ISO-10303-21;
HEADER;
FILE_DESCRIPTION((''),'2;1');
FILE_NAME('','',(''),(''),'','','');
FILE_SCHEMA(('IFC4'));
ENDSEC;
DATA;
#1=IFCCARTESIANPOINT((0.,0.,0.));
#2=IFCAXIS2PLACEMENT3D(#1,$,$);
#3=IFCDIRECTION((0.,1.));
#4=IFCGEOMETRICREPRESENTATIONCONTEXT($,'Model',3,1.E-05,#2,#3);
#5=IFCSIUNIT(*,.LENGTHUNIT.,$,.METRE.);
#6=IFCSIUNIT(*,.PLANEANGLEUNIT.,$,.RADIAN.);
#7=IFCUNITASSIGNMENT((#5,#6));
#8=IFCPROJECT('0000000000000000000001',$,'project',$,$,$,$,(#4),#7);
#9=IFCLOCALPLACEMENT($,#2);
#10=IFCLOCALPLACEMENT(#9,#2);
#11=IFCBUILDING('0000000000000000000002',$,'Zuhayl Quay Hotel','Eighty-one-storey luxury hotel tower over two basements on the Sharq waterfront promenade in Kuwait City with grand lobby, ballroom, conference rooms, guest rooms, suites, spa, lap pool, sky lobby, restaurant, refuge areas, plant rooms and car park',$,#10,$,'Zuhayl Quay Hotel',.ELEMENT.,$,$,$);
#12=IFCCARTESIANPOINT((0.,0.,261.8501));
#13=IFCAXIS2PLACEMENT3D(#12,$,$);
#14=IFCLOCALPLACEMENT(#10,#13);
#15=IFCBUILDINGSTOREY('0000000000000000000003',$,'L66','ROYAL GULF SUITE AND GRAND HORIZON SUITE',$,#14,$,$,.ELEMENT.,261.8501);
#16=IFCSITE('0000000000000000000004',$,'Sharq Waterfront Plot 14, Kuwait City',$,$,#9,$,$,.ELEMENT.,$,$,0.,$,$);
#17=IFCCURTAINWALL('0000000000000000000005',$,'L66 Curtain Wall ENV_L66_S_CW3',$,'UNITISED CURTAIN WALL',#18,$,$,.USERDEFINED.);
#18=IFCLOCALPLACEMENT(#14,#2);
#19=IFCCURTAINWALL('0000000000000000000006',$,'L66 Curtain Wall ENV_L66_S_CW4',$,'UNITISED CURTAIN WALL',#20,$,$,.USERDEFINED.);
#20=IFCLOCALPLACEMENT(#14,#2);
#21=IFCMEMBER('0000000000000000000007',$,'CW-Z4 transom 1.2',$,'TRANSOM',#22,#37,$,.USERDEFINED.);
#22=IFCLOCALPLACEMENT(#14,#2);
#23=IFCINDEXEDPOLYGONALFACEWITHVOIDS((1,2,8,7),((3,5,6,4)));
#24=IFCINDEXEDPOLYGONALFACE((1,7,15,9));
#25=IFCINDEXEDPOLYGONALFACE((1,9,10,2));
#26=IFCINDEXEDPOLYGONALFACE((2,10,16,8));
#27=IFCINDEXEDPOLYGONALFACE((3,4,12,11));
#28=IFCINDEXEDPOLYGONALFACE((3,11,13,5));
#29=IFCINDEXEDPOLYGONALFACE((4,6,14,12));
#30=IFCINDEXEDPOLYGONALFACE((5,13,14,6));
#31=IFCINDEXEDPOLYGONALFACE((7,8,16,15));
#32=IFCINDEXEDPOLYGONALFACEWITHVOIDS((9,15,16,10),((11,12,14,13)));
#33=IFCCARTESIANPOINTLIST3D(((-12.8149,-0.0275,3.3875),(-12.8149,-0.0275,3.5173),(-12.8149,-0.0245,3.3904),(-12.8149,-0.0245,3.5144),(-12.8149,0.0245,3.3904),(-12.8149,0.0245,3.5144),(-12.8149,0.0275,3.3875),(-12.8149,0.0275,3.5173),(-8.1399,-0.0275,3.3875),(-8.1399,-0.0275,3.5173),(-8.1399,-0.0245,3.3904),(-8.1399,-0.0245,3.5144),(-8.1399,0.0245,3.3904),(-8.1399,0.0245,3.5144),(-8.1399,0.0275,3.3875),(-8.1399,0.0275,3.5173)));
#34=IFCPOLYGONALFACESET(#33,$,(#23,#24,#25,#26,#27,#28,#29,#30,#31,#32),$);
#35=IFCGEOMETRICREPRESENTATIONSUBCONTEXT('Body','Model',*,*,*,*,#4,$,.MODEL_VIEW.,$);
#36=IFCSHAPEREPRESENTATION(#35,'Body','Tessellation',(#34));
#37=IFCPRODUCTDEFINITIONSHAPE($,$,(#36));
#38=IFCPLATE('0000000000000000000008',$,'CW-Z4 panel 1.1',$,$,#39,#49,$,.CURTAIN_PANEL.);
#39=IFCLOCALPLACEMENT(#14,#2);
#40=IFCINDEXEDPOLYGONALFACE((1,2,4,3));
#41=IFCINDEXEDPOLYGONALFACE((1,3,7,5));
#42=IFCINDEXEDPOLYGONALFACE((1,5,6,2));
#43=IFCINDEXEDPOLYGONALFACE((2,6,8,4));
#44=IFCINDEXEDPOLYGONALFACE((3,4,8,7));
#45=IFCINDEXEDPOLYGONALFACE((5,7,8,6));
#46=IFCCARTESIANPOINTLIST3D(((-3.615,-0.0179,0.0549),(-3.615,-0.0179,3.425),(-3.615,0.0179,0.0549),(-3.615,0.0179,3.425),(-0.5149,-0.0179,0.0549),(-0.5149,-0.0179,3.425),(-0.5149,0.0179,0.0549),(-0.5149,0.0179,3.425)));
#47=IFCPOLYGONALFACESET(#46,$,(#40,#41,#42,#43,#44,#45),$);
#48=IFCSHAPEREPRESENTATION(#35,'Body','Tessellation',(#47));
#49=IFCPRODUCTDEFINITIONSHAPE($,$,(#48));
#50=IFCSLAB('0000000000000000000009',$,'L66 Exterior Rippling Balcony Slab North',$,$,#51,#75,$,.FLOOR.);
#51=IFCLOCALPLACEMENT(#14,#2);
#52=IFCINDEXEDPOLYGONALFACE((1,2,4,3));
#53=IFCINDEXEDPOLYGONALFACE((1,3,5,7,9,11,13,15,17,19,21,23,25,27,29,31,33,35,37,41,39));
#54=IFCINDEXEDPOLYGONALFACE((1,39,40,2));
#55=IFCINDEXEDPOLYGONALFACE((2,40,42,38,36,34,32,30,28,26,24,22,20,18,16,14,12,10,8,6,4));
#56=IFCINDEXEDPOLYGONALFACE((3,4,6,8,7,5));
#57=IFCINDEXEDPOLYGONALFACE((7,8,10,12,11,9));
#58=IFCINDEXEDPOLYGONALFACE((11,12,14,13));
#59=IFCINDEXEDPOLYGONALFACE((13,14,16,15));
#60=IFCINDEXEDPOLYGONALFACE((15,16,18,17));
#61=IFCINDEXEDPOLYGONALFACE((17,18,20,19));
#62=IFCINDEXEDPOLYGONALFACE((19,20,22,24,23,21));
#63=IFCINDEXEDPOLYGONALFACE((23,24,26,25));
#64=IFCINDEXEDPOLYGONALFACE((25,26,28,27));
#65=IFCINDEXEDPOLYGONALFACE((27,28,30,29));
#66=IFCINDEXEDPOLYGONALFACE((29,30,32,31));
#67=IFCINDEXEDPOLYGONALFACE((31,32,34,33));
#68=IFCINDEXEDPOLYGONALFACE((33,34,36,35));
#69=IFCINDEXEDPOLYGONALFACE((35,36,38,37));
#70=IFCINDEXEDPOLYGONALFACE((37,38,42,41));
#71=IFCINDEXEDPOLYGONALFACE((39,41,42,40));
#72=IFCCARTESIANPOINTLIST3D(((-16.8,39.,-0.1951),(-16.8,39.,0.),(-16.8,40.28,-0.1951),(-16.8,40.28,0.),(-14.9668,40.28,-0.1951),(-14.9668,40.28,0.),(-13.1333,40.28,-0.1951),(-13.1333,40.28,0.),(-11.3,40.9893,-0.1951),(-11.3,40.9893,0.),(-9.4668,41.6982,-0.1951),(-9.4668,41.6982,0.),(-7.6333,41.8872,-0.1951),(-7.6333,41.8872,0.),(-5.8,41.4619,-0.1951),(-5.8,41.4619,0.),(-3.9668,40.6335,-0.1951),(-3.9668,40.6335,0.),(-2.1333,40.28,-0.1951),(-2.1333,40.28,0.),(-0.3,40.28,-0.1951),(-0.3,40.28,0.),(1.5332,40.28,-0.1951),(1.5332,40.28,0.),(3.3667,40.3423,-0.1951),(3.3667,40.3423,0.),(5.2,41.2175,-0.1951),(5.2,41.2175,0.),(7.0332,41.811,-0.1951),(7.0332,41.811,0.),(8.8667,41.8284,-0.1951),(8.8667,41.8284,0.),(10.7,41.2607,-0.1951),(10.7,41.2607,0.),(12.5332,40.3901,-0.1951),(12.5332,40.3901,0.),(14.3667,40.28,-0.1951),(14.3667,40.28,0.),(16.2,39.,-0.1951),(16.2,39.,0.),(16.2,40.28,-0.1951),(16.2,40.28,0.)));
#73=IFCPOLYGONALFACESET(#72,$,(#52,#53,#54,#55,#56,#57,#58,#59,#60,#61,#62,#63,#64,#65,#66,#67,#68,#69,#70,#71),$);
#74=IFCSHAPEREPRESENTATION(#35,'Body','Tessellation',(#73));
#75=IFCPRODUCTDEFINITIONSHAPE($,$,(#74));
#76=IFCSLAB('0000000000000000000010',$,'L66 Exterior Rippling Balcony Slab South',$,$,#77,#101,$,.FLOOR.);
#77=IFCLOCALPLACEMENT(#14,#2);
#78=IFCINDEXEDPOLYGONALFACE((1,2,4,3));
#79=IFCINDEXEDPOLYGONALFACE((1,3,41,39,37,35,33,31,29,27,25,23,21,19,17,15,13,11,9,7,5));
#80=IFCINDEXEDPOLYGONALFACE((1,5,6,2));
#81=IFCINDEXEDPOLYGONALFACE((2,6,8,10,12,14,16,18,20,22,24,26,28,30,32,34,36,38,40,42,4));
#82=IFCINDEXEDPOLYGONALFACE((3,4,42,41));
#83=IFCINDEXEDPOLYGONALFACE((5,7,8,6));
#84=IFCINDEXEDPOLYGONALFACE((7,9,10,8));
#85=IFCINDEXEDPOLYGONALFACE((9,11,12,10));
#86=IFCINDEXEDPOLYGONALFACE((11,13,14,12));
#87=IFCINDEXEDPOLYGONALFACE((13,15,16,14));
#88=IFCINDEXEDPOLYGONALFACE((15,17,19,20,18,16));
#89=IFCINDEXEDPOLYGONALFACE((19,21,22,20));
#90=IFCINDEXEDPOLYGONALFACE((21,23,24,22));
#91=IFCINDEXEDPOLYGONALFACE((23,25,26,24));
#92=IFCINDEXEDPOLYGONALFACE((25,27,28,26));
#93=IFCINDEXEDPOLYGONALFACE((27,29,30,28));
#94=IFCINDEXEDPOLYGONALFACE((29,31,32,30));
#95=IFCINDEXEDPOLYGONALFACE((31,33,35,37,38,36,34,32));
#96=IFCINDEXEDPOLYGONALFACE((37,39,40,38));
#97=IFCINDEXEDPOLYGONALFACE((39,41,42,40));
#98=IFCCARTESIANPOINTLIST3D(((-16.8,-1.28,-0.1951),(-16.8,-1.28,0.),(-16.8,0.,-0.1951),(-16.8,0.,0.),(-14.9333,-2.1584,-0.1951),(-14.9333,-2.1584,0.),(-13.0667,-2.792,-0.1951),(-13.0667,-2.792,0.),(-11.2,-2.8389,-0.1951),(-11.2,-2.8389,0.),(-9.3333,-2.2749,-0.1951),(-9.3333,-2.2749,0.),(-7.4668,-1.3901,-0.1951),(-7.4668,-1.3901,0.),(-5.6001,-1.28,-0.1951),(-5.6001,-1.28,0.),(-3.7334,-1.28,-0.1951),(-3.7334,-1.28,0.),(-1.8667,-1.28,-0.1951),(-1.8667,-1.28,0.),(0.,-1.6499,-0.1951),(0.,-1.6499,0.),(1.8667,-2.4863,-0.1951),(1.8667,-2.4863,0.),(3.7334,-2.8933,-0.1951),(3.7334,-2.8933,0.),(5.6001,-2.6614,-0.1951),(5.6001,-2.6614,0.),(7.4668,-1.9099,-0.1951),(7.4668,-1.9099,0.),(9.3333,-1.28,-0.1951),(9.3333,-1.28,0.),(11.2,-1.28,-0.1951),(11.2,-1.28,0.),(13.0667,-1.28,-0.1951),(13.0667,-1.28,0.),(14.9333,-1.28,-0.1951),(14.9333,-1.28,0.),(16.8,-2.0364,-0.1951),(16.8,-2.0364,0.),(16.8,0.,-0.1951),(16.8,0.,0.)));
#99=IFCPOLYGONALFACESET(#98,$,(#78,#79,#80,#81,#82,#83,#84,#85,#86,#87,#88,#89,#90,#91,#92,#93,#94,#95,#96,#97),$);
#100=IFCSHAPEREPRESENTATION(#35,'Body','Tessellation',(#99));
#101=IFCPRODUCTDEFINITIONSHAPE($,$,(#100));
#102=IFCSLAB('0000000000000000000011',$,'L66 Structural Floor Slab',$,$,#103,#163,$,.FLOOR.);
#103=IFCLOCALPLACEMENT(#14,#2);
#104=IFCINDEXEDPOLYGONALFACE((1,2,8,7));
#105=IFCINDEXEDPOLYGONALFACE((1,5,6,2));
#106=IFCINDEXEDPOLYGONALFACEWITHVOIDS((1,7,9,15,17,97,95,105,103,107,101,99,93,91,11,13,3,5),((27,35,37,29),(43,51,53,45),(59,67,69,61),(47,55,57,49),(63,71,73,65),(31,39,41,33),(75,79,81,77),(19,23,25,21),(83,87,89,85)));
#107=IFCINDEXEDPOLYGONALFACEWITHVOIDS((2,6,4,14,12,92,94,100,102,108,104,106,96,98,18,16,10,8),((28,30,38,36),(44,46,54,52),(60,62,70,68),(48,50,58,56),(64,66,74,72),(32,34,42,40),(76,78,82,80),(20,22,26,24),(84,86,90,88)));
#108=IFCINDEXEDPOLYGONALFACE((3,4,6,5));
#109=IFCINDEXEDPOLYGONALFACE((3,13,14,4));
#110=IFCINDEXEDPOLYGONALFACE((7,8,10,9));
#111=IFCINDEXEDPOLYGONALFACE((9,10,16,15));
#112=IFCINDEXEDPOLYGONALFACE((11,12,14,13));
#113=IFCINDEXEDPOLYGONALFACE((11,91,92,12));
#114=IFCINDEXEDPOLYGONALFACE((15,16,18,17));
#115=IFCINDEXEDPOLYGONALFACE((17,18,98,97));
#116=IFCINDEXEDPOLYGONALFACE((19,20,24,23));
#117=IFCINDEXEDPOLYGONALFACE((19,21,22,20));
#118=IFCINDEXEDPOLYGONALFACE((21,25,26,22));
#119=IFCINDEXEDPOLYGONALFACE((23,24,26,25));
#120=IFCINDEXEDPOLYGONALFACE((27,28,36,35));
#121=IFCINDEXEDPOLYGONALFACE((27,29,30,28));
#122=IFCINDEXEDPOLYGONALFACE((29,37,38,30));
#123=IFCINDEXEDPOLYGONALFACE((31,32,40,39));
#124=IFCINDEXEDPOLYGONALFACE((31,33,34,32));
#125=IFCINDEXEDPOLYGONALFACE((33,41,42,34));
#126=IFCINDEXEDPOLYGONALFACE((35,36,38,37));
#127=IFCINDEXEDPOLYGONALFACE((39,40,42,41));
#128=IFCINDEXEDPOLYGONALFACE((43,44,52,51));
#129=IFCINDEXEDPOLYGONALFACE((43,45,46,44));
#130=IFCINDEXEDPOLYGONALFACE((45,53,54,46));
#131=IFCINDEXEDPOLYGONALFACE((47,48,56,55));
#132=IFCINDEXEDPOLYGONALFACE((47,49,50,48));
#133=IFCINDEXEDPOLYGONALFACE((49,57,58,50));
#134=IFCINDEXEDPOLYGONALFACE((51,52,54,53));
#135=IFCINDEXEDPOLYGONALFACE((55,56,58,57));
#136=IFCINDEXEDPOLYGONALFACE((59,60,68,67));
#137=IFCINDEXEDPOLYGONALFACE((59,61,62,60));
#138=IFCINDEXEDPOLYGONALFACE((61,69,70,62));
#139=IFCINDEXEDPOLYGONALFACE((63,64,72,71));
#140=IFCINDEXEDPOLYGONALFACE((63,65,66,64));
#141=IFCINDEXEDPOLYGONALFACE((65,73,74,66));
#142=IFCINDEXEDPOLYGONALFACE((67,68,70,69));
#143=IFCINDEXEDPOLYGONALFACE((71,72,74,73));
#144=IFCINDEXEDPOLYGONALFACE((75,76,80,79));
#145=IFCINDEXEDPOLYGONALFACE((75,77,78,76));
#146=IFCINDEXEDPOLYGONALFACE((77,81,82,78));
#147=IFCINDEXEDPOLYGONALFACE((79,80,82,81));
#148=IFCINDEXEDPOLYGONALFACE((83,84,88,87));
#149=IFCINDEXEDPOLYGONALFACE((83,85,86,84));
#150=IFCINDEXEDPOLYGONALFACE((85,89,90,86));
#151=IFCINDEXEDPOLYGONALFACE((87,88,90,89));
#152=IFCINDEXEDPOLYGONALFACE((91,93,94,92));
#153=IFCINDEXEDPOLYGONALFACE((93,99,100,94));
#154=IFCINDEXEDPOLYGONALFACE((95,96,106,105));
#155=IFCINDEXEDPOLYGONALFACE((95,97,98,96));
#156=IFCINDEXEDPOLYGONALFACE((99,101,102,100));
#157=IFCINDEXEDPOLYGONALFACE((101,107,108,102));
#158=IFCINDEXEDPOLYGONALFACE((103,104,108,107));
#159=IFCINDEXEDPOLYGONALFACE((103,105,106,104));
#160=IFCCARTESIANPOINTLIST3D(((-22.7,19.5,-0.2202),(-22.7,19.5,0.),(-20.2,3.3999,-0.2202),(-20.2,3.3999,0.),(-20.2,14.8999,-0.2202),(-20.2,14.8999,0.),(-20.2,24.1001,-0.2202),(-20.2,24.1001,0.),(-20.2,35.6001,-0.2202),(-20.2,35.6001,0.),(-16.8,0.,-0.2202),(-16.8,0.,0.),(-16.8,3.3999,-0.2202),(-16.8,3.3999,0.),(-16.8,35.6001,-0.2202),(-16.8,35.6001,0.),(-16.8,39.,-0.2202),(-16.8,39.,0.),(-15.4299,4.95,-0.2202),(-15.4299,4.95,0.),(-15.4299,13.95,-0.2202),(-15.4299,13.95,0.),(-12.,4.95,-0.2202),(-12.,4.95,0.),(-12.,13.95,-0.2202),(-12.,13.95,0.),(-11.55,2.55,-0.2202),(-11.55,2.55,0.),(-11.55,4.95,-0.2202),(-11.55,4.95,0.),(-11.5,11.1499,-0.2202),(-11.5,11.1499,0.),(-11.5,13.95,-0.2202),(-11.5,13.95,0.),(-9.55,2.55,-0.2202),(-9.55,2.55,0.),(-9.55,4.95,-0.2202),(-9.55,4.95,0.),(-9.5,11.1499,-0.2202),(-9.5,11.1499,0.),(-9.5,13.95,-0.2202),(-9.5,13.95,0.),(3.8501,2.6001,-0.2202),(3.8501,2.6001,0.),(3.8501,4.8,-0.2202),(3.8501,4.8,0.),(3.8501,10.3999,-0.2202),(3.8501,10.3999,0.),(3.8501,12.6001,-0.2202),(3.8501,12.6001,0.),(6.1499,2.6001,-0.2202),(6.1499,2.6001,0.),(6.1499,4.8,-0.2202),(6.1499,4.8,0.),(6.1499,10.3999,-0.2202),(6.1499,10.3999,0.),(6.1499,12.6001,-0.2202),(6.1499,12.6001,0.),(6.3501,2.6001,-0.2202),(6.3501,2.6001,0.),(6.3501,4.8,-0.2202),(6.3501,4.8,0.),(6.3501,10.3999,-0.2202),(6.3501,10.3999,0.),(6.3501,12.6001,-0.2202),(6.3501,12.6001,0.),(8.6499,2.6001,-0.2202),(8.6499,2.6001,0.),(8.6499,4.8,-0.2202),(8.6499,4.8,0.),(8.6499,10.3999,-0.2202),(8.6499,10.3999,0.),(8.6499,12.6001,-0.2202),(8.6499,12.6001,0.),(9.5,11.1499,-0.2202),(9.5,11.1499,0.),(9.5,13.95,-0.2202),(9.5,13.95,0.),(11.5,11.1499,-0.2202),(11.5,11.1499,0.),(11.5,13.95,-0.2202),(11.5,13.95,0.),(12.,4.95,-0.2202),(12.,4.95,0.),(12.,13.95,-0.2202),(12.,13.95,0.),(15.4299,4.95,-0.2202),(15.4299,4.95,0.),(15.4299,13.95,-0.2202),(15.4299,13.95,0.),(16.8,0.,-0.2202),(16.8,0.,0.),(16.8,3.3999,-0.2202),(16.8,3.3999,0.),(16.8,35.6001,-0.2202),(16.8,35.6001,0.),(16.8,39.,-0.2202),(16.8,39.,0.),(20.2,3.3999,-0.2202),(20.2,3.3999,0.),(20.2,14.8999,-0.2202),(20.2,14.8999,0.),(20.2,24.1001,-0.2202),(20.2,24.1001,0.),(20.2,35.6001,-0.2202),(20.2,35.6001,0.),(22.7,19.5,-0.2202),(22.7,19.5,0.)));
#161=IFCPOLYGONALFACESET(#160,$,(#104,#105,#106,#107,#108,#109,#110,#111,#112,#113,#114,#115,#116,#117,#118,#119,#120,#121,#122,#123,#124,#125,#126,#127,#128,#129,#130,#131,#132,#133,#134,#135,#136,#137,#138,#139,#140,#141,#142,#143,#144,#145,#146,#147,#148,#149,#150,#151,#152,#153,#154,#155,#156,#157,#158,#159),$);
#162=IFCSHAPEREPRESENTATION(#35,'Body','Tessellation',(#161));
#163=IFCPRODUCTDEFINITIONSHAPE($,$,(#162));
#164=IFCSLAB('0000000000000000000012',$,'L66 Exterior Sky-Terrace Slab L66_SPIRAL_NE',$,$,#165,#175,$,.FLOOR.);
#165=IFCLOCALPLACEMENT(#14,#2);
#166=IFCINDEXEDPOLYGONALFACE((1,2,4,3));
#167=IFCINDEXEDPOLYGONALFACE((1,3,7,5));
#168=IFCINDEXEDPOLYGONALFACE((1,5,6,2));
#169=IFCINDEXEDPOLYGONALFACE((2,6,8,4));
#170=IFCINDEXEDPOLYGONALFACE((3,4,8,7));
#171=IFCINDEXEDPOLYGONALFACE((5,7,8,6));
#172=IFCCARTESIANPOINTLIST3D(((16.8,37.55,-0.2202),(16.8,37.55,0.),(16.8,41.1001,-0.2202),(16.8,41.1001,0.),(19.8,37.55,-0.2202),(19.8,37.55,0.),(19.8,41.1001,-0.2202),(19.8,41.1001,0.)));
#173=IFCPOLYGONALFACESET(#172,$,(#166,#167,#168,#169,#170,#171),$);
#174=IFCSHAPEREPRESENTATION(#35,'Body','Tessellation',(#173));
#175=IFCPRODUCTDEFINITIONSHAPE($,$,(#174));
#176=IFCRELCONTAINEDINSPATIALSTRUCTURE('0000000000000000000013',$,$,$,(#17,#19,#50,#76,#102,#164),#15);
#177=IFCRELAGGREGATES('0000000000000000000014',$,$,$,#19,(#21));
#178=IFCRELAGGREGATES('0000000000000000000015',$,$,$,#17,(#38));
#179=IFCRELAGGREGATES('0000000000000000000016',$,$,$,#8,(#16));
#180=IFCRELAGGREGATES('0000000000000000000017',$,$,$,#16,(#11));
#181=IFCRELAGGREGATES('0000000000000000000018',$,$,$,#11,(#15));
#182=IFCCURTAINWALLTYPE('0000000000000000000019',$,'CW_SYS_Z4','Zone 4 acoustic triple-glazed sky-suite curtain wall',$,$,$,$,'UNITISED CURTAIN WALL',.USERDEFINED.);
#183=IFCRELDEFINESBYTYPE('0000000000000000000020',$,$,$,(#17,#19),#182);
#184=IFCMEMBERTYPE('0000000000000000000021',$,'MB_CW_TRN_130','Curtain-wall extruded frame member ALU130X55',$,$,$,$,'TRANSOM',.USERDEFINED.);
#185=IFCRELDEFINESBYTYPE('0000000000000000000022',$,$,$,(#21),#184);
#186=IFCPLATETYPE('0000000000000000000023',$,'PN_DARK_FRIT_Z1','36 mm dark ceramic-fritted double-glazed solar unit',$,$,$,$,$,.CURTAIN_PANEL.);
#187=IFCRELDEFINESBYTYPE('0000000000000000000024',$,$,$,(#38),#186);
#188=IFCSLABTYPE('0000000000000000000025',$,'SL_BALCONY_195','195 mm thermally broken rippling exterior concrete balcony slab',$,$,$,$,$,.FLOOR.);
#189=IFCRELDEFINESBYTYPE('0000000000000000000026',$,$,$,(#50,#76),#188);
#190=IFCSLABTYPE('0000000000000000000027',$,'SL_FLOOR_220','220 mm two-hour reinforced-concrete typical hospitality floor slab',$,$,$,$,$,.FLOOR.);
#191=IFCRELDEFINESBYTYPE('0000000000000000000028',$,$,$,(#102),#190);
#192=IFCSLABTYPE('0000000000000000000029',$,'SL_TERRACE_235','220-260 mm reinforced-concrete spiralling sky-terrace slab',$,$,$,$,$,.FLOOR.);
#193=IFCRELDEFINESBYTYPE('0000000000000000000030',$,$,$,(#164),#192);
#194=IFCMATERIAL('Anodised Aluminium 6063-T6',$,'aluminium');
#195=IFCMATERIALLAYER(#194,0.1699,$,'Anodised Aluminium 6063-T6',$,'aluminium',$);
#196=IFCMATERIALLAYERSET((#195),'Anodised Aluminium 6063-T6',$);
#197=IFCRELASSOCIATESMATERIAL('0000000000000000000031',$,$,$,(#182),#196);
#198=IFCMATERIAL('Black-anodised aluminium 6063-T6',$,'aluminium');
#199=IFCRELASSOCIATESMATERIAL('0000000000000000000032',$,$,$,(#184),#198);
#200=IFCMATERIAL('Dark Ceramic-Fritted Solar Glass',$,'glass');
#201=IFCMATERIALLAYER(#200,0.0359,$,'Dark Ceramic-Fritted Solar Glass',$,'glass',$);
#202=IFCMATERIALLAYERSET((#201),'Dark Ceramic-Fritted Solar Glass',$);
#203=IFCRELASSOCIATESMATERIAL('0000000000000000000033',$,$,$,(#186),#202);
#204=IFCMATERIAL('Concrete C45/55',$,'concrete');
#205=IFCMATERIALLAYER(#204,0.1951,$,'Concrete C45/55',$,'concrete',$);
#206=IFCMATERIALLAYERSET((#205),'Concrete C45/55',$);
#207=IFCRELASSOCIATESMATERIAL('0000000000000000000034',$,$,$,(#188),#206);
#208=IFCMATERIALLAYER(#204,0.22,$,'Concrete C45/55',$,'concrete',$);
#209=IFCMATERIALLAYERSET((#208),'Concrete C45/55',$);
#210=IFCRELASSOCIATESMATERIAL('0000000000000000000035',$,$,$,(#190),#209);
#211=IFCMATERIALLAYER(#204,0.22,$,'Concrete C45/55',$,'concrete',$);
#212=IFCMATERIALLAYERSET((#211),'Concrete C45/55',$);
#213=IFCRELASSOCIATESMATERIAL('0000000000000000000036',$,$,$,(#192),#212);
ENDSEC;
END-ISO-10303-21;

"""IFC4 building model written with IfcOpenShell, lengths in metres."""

from ifc_helpers import new_model, si_unit, direction, frame, origin, origin_2d, place, context, subcontext, project, spatial, polyline, rectangle, hollow_rectangle, outline, extrude, material, layer, layer_set, material_profile, profile_set, type_object, element, aggregate, save


model = new_model("IFC4")

# Units and contexts
model_context = context("Model", 3, precision=1e-05, world=origin(), true_north=direction((0.0, 1.0)))
body_context = subcontext(model_context, "Body", "Model", "MODEL_VIEW")
ifc_project = project(units=[si_unit("LENGTHUNIT", "METRE"), si_unit("PLANEANGLEUNIT", "RADIAN")], contexts=[model_context])

# Site, building, storey
site_placement = place(None, origin())
site = spatial("IfcSite", under=ifc_project, at=site_placement, Name="Sharq Waterfront Plot 14, Kuwait City", CompositionType="ELEMENT", RefElevation=0.0)
building_placement = place(site_placement, origin())
building = spatial("IfcBuilding", under=site, at=building_placement, Name="Zuhayl Quay Hotel", Description="Eighty-one-storey luxury hotel tower over two basements on the Sharq waterfront promenade in Kuwait City with grand lobby, ballroom, conference rooms, guest rooms, suites, spa, lap pool, sky lobby, restaurant, refuge areas, plant rooms and car park", LongName="Zuhayl Quay Hotel", CompositionType="ELEMENT")
storey_placement = place(building_placement, frame((0.0, 0.0, 261.8501)))
storey = spatial("IfcBuildingStorey", under=building, at=storey_placement, Name="L66", Description="ROYAL GULF SUITE AND GRAND HORIZON SUITE", CompositionType="ELEMENT", Elevation=261.8501)

# Curtain wall
ifc_material_1 = material(Name="Anodised Aluminium 6063-T6", Category="aluminium")
ifc_layer_1 = layer(ifc_material_1, 0.1699, Name="Anodised Aluminium 6063-T6", Category="aluminium")
ifc_layer_set_1 = layer_set([ifc_layer_1], Name="Anodised Aluminium 6063-T6")
curtain_wall_type = type_object("IfcCurtainWallType", Name="CW_SYS_Z4", Description="Zone 4 acoustic triple-glazed sky-suite curtain wall", ElementType="UNITISED CURTAIN WALL", PredefinedType="USERDEFINED", material=ifc_layer_set_1)
curtain_wall_1_placement = place(storey_placement, origin())
curtain_wall_1 = element("IfcCurtainWall", 1, at=curtain_wall_1_placement, inside=storey, type_object=curtain_wall_type, Name="L66 Curtain Wall ENV_L66_S_CW3", ObjectType="UNITISED CURTAIN WALL", PredefinedType="USERDEFINED")
ifc_material_2 = material(Name="Black-anodised aluminium 6063-T6", Category="aluminium")

# Curtain wall
curtain_wall_2_placement = place(storey_placement, origin())
curtain_wall_2 = element("IfcCurtainWall", 2, at=curtain_wall_2_placement, inside=storey, type_object=curtain_wall_type, Name="L66 Curtain Wall ENV_L66_S_CW4", ObjectType="UNITISED CURTAIN WALL", PredefinedType="USERDEFINED")

# Member
ifc_material_profile_1 = material_profile(ifc_material_2, hollow_rectangle(XDim=0.0549, YDim=0.1299, WallThickness=0.0029, at=origin_2d()), Name="ALU130X55")
ifc_profile_set_1 = profile_set([ifc_material_profile_1], Name="Black-anodised aluminium 6063-T6")
member_type_1 = type_object("IfcMemberType", Name="MB_CW_TRN_130", Description="Curtain-wall extruded frame member ALU130X55", ElementType="TRANSOM", PredefinedType="USERDEFINED", material=ifc_profile_set_1)
member_1_placement = place(storey_placement, frame((-8.1399, 0.0, 3.4524), z_axis=(-1.0, 0.0, 0.0), x_axis=(0.0, -1.0, 0.0)))
member_1 = element("IfcMember", 3, at=member_1_placement, type_object=member_type_1, Name="CW-Z4 transom 1.2", ObjectType="TRANSOM", PredefinedType="USERDEFINED", context=body_context, shape_type="SweptSolid", body=[
    extrude(hollow_rectangle(XDim=0.0549, YDim=0.1299, WallThickness=0.0029, at=origin_2d()), origin(), (0.0, 0.0, 1.0), 4.675),
])
aggregate(curtain_wall_2, [member_1])

# Plate
ifc_material_3 = material(Name="Dark Ceramic-Fritted Solar Glass", Category="glass")
ifc_layer_2 = layer(ifc_material_3, 0.0359, Name="Dark Ceramic-Fritted Solar Glass", Category="glass")
ifc_layer_set_2 = layer_set([ifc_layer_2], Name="Dark Ceramic-Fritted Solar Glass")
plate_type = type_object("IfcPlateType", Name="PN_DARK_FRIT_Z1", Description="36 mm dark ceramic-fritted double-glazed solar unit", PredefinedType="CURTAIN_PANEL", material=ifc_layer_set_2)
plate_placement = place(storey_placement, frame((-2.0649, 0.0, 0.0549), z_axis=(0.0, 0.0, 1.0), x_axis=(-1.0, 0.0, 0.0)))
plate = element("IfcPlate", 4, at=plate_placement, type_object=plate_type, Name="CW-Z4 panel 1.1", PredefinedType="CURTAIN_PANEL", context=body_context, shape_type="SweptSolid", body=[
    extrude(rectangle(XDim=3.1001, YDim=0.0359, at=origin_2d()), origin(), (0.0, 0.0, 1.0), 3.3701),
])
aggregate(curtain_wall_1, [plate])

# Slabs
ifc_material_4 = material(Name="Concrete C45/55", Category="concrete")
ifc_layer_3 = layer(ifc_material_4, 0.1951, Name="Concrete C45/55", Category="concrete")
ifc_layer_set_3 = layer_set([ifc_layer_3], Name="Concrete C45/55")
slab_type_1 = type_object("IfcSlabType", Name="SL_BALCONY_195", Description="195 mm thermally broken rippling exterior concrete balcony slab", PredefinedType="FLOOR", material=ifc_layer_set_3)
slab_1_placement = place(storey_placement, frame((0.0, 0.0, -0.1951)))
element("IfcSlab", 5, at=slab_1_placement, inside=storey, type_object=slab_type_1, Name="L66 Exterior Rippling Balcony Slab North", PredefinedType="FLOOR", context=body_context, shape_type="SweptSolid", body=[
    extrude(outline(polyline([(-16.8, 39.0), (16.2, 39.0), (16.2, 40.28), (14.3667, 40.28), (12.5332, 40.3901), (10.7, 41.2607), (8.8667, 41.8284), (7.0332, 41.811), (5.2, 41.2175), (3.3667, 40.3423), (1.5332, 40.28), (-0.3, 40.28), (-2.1333, 40.28), (-3.9668, 40.6335), (-5.8, 41.4619), (-7.6333, 41.8872), (-9.4668, 41.6982), (-11.3, 40.9893), (-13.1333, 40.28), (-14.9668, 40.28), (-16.8, 40.28), (-16.8, 39.0)])), origin(), (0.0, 0.0, 1.0), 0.1951),
])
slab_2_placement = place(storey_placement, frame((0.0, 0.0, -0.1951)))
element("IfcSlab", 6, at=slab_2_placement, inside=storey, type_object=slab_type_1, Name="L66 Exterior Rippling Balcony Slab South", PredefinedType="FLOOR", context=body_context, shape_type="SweptSolid", body=[
    extrude(outline(polyline([(-16.8, -1.28), (-14.9333, -2.1584), (-13.0667, -2.792), (-11.2, -2.8389), (-9.3333, -2.2749), (-7.4668, -1.3901), (-5.6001, -1.28), (-3.7334, -1.28), (-1.8667, -1.28), (0.0, -1.6499), (1.8667, -2.4863), (3.7334, -2.8933), (5.6001, -2.6614), (7.4668, -1.9099), (9.3333, -1.28), (11.2, -1.28), (13.0667, -1.28), (14.9333, -1.28), (16.8, -2.0364), (16.8, 0.0), (-16.8, 0.0), (-16.8, -1.28)])), origin(), (0.0, 0.0, 1.0), 0.1951),
])
ifc_layer_4 = layer(ifc_material_4, 0.22, Name="Concrete C45/55", Category="concrete")
ifc_layer_set_4 = layer_set([ifc_layer_4], Name="Concrete C45/55")
slab_type_2 = type_object("IfcSlabType", Name="SL_FLOOR_220", Description="220 mm two-hour reinforced-concrete typical hospitality floor slab", PredefinedType="FLOOR", material=ifc_layer_set_4)
slab_3_placement = place(storey_placement, frame((0.0, 0.0, -0.2202)))
element("IfcSlab", 7, at=slab_3_placement, inside=storey, type_object=slab_type_2, Name="L66 Structural Floor Slab", PredefinedType="FLOOR", context=body_context, shape_type="SweptSolid", body=[
    extrude(outline(polyline([(-16.8, 0.0), (16.8, 0.0), (16.8, 3.3999), (20.2, 3.3999), (20.2, 14.8999), (22.7, 19.5), (20.2, 24.1001), (20.2, 35.6001), (16.8, 35.6001), (16.8, 39.0), (-16.8, 39.0), (-16.8, 35.6001), (-20.2, 35.6001), (-20.2, 24.1001), (-22.7, 19.5), (-20.2, 14.8999), (-20.2, 3.3999), (-16.8, 3.3999), (-16.8, 0.0)]), holes=[polyline([(-12.0, 4.95), (-12.0, 13.95), (-15.4299, 13.95), (-15.4299, 4.95), (-12.0, 4.95)]), polyline([(15.4299, 4.95), (15.4299, 13.95), (12.0, 13.95), (12.0, 4.95), (15.4299, 4.95)]), polyline([(-11.5, 11.1499), (-9.5, 11.1499), (-9.5, 13.95), (-11.5, 13.95), (-11.5, 11.1499)]), polyline([(9.5, 11.1499), (11.5, 11.1499), (11.5, 13.95), (9.5, 13.95), (9.5, 11.1499)]), polyline([(3.8501, 2.6001), (6.1499, 2.6001), (6.1499, 4.8), (3.8501, 4.8), (3.8501, 2.6001)]), polyline([(6.3501, 2.6001), (8.6499, 2.6001), (8.6499, 4.8), (6.3501, 4.8), (6.3501, 2.6001)]), polyline([(3.8501, 10.3999), (6.1499, 10.3999), (6.1499, 12.6001), (3.8501, 12.6001), (3.8501, 10.3999)]), polyline([(6.3501, 10.3999), (8.6499, 10.3999), (8.6499, 12.6001), (6.3501, 12.6001), (6.3501, 10.3999)]), polyline([(-11.55, 2.55), (-9.55, 2.55), (-9.55, 4.95), (-11.55, 4.95), (-11.55, 2.55)])]), origin(), (0.0, 0.0, 1.0), 0.2202),
])
ifc_layer_5 = layer(ifc_material_4, 0.22, Name="Concrete C45/55", Category="concrete")
ifc_layer_set_5 = layer_set([ifc_layer_5], Name="Concrete C45/55")
slab_type_3 = type_object("IfcSlabType", Name="SL_TERRACE_235", Description="220-260 mm reinforced-concrete spiralling sky-terrace slab", PredefinedType="FLOOR", material=ifc_layer_set_5)
slab_4_placement = place(storey_placement, frame((0.0, 0.0, -0.2202)))
element("IfcSlab", 8, at=slab_4_placement, inside=storey, type_object=slab_type_3, Name="L66 Exterior Sky-Terrace Slab L66_SPIRAL_NE", PredefinedType="FLOOR", context=body_context, shape_type="SweptSolid", body=[
    extrude(outline(polyline([(16.8, 37.55), (19.8, 37.55), (19.8, 41.1001), (16.8, 41.1001), (16.8, 37.55)])), origin(), (0.0, 0.0, 1.0), 0.2202),
])

save(model, "model.ifc")
